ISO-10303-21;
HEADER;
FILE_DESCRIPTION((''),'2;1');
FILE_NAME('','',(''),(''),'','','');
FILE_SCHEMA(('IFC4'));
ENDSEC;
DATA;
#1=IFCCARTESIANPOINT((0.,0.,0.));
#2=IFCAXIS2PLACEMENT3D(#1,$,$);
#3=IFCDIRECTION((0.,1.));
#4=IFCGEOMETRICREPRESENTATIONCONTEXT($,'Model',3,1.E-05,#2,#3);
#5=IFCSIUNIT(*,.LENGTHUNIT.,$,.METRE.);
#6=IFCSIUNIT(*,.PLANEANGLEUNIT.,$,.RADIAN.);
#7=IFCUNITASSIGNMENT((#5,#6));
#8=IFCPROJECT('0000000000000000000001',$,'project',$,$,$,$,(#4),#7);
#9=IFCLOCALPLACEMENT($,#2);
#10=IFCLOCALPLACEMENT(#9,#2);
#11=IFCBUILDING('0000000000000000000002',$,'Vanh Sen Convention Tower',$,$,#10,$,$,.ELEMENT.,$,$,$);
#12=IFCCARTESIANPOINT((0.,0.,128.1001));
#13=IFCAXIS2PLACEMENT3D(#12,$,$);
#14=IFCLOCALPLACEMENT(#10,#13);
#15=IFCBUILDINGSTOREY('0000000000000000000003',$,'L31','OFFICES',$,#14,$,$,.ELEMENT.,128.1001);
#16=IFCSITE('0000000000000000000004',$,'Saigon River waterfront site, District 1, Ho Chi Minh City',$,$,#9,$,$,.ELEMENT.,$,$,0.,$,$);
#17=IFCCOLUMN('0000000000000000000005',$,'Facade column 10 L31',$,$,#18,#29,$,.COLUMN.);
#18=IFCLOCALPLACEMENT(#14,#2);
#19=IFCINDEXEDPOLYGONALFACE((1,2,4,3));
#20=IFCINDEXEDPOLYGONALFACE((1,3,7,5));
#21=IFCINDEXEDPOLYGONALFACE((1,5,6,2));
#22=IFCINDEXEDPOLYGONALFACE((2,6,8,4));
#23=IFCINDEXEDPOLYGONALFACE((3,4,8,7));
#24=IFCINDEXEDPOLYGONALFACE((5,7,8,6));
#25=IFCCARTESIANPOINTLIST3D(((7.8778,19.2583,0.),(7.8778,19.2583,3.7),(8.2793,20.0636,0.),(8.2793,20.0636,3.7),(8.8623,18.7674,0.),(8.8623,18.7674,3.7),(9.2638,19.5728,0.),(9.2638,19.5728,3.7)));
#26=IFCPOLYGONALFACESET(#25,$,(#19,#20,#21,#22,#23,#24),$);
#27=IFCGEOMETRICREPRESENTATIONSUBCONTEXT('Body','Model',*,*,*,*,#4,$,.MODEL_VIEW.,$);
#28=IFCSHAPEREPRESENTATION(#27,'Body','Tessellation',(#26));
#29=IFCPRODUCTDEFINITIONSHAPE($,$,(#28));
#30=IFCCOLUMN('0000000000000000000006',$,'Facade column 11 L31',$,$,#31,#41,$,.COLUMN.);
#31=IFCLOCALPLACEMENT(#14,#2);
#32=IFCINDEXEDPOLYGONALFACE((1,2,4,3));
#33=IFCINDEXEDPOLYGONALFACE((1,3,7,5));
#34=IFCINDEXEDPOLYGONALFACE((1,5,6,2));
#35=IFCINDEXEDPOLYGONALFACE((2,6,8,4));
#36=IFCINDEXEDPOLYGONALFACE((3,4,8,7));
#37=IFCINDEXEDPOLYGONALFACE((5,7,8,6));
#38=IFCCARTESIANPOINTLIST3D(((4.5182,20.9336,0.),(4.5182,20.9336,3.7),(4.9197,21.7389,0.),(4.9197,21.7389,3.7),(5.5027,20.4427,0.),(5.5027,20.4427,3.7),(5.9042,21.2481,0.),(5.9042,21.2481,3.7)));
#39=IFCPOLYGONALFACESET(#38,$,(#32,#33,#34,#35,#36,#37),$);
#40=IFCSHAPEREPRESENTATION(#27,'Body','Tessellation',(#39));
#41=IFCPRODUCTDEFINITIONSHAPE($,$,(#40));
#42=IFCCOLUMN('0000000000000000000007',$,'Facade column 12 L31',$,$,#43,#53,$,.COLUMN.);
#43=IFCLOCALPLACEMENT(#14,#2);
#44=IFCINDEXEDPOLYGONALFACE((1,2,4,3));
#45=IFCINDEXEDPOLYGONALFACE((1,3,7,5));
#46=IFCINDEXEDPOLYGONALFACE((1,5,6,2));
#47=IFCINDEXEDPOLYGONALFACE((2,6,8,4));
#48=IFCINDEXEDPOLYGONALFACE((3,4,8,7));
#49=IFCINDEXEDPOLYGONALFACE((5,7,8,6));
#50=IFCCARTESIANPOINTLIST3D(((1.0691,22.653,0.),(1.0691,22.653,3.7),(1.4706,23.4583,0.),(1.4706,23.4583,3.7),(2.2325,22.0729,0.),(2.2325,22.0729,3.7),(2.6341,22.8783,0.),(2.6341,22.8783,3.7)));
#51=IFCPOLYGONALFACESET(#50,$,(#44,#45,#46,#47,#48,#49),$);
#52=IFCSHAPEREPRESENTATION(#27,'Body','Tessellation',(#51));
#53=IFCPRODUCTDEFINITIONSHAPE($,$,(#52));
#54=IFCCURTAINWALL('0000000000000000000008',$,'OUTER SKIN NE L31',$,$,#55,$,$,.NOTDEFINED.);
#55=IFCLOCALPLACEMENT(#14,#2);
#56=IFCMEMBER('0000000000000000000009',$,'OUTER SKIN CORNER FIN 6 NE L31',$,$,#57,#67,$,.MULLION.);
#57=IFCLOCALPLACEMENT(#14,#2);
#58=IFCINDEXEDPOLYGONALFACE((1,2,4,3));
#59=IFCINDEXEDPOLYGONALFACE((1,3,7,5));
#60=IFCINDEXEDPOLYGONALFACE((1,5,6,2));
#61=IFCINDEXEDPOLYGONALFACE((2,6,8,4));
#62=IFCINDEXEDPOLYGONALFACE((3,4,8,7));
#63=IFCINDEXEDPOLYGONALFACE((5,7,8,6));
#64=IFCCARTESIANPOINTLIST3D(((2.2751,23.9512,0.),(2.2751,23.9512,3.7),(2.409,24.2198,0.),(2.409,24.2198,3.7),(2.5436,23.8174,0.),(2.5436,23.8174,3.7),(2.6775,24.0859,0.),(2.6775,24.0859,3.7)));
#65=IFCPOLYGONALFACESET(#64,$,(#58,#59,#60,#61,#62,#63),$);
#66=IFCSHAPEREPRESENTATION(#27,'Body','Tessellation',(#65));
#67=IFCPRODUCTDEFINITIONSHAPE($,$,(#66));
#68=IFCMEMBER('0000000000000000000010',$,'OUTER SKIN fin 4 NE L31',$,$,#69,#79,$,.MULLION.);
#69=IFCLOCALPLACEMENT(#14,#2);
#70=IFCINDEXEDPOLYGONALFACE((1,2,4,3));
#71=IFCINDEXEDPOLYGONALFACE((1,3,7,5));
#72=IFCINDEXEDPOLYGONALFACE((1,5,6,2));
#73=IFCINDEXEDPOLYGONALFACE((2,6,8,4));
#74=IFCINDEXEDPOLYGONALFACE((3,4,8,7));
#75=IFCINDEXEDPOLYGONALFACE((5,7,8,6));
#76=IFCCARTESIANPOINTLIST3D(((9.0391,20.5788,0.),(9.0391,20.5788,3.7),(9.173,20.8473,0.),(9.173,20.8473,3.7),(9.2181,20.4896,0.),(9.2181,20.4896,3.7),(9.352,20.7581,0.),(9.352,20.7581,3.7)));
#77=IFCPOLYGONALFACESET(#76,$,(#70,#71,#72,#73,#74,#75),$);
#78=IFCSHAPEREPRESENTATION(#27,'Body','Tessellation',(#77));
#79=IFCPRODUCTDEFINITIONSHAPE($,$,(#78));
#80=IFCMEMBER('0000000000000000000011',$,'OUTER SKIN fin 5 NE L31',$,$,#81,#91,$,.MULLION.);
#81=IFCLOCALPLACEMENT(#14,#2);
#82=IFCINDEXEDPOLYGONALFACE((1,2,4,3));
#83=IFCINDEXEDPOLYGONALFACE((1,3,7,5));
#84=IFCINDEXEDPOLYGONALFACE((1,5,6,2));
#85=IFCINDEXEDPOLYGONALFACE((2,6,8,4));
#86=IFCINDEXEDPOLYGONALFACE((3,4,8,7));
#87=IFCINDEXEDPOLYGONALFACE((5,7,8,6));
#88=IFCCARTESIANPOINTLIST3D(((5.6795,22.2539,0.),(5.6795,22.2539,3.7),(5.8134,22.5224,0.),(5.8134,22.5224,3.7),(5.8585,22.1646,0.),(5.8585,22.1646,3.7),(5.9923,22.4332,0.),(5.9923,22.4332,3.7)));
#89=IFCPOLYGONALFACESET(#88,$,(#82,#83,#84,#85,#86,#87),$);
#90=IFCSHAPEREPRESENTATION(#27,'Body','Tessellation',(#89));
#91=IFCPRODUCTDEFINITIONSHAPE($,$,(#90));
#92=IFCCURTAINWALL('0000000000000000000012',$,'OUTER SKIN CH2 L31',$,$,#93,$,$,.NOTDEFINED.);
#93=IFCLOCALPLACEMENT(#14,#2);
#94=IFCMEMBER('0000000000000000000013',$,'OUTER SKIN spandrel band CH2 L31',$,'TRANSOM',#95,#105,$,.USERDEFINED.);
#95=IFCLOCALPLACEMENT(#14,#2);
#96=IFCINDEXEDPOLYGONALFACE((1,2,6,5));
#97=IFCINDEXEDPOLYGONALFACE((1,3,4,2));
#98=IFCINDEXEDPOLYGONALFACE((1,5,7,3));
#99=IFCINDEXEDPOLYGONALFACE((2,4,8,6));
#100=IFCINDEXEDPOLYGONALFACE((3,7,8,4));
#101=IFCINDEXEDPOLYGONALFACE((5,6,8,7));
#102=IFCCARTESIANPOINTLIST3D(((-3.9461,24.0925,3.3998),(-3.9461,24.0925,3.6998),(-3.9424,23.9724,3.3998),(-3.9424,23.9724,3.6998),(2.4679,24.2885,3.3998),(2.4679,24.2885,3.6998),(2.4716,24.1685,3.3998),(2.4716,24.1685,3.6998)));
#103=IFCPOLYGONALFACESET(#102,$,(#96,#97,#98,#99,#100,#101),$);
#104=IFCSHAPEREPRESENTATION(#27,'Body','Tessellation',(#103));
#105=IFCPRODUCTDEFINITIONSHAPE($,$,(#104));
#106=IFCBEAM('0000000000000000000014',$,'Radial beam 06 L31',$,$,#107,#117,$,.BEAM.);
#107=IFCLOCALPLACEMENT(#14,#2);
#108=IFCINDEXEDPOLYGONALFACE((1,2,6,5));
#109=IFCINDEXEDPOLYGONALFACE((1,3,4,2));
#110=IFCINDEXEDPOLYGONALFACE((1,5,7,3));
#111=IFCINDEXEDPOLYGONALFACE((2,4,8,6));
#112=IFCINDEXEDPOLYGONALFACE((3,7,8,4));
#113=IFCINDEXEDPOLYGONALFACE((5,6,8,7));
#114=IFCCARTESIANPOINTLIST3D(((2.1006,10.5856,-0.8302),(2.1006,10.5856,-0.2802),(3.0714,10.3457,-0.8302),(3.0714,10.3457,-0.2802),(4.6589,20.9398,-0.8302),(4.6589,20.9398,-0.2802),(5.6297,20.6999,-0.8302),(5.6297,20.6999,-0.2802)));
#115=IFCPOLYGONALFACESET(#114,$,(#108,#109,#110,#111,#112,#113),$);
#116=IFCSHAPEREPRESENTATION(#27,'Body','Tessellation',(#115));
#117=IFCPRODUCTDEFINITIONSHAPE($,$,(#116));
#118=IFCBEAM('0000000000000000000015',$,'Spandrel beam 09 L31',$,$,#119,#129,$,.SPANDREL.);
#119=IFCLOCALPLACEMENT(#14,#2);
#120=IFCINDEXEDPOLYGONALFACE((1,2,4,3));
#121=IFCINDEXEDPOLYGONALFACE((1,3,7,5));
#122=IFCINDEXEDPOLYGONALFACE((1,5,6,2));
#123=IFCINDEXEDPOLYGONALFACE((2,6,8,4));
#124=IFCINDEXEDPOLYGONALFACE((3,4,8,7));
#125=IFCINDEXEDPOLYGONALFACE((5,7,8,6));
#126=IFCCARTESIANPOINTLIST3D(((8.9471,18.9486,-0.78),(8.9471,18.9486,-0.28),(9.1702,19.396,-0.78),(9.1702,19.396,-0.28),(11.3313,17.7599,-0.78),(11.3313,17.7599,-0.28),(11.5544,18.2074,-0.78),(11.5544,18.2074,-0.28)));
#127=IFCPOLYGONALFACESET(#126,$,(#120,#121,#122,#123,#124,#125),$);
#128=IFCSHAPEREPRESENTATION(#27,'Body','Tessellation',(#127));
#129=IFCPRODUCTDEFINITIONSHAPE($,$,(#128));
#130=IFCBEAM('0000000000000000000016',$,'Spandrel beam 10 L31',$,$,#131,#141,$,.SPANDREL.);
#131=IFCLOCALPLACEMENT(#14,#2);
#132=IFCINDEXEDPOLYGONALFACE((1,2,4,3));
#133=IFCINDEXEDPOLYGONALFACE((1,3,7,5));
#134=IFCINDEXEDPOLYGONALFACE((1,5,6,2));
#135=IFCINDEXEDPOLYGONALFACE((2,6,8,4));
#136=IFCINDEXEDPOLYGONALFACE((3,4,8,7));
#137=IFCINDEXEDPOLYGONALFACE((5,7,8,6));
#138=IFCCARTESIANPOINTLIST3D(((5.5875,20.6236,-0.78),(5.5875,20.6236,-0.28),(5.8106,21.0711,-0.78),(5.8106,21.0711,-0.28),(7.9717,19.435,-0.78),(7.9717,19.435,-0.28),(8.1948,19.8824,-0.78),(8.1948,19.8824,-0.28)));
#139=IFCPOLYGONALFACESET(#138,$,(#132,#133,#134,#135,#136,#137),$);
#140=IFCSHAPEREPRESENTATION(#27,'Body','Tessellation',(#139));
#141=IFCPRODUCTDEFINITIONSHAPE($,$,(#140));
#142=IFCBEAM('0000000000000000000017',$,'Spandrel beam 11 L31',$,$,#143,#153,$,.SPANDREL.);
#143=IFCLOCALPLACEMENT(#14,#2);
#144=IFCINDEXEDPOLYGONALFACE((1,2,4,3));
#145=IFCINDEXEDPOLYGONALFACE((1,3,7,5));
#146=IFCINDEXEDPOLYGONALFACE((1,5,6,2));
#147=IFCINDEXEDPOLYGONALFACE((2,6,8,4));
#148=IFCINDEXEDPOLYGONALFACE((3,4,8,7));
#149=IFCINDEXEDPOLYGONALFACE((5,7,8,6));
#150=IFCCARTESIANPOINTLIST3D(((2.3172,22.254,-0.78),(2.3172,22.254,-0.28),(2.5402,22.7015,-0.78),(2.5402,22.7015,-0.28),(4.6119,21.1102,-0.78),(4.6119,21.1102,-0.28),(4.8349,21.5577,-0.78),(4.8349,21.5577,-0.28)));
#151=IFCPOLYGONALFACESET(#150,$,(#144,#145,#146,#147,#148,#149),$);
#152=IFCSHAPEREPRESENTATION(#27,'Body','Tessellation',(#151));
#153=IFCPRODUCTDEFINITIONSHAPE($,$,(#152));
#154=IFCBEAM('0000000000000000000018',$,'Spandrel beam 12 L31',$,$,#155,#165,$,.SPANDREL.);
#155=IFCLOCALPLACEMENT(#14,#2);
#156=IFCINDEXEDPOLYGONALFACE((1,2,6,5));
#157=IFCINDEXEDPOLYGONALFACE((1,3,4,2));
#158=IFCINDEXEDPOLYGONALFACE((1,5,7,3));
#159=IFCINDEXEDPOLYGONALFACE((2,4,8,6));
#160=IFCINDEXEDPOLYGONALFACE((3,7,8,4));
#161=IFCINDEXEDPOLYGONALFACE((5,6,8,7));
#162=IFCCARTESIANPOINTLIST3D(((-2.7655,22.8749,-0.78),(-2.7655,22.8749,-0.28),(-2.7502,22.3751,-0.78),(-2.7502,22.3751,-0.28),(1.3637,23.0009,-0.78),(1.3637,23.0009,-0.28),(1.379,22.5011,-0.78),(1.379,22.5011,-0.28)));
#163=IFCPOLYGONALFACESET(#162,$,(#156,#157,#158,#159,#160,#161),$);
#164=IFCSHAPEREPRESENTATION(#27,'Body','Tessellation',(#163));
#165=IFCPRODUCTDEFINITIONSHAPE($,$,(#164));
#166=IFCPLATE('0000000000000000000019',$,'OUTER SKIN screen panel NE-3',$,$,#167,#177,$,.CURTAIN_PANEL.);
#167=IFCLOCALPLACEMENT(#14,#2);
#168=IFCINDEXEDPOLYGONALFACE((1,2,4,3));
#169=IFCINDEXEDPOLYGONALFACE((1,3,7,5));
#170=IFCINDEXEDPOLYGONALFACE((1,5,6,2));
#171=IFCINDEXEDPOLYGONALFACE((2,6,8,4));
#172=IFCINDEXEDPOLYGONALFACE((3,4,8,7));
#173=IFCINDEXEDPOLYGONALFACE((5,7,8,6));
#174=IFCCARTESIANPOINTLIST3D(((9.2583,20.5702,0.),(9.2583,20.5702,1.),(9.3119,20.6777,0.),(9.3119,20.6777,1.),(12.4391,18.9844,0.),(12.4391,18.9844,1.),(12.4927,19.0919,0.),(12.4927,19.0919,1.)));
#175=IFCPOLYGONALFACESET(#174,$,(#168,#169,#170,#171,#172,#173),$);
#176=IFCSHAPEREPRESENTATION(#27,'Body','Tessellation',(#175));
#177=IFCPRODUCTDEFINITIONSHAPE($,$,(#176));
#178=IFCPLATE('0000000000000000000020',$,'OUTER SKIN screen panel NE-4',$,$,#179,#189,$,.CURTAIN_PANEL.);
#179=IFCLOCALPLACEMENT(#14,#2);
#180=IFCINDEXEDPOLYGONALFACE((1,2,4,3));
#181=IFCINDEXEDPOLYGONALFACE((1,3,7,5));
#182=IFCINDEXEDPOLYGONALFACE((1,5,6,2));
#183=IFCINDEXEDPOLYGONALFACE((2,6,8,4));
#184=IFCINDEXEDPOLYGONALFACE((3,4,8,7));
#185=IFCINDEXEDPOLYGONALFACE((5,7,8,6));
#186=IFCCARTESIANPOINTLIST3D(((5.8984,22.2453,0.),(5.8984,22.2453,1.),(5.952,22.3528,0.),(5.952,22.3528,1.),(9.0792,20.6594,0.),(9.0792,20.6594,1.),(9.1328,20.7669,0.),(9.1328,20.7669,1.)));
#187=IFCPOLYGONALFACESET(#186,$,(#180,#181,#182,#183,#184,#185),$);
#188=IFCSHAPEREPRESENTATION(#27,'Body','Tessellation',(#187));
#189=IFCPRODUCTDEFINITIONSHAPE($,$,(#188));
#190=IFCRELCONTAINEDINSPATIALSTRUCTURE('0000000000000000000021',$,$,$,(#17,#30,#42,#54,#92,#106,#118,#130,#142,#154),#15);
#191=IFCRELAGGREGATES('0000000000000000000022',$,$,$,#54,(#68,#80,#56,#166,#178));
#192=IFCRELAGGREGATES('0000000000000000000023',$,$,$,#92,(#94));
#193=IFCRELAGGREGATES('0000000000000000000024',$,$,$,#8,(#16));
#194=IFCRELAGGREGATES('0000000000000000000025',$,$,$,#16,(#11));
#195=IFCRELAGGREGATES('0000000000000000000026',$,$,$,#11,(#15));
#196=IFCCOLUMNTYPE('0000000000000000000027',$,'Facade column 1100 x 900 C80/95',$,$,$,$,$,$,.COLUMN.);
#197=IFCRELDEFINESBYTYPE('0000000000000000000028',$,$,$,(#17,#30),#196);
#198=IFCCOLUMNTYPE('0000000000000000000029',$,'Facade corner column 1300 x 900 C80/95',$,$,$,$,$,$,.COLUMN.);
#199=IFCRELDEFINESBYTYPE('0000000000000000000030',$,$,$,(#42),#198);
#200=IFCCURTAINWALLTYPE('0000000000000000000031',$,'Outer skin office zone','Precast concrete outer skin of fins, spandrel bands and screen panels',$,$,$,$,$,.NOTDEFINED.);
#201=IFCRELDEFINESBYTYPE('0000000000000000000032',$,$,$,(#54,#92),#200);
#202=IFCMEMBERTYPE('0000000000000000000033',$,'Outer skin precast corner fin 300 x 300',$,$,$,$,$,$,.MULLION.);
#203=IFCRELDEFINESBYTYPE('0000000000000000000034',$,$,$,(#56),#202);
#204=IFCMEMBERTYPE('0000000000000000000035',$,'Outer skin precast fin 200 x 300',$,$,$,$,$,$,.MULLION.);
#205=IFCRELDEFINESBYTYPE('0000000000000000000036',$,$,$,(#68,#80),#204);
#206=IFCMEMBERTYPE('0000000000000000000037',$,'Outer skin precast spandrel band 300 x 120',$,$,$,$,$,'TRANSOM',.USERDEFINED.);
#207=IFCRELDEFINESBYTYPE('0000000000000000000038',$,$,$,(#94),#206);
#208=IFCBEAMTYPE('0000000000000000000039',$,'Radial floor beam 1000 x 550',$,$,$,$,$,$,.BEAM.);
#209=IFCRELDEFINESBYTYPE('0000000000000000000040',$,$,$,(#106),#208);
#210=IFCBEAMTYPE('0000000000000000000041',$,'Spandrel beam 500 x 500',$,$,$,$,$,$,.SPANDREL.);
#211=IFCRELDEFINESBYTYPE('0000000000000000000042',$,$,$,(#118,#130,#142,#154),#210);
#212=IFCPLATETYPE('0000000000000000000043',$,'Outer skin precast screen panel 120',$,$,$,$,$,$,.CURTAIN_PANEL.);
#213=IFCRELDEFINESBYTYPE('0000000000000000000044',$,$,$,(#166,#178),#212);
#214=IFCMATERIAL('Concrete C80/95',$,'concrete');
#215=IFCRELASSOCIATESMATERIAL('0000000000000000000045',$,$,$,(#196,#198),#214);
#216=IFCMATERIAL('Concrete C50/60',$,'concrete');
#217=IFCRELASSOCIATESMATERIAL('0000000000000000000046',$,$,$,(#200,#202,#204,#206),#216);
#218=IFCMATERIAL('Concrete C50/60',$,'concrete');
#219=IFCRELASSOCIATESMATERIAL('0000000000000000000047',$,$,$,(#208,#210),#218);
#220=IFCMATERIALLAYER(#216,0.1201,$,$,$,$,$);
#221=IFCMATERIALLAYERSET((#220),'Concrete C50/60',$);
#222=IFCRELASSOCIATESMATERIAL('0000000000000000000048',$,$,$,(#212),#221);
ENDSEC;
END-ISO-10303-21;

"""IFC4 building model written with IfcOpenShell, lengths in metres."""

from ifc_helpers import new_model, si_unit, direction, frame, origin, origin_2d, place, context, subcontext, project, spatial, rectangle, extrude, material, layer, layer_set, material_profile, profile_set, type_object, element, aggregate, save


model = new_model("IFC4")

# Units and contexts
model_context = context("Model", 3, precision=1e-05, world=origin(), true_north=direction((0.0, 1.0)))
body_context = subcontext(model_context, "Body", "Model", "MODEL_VIEW")
ifc_project = project(units=[si_unit("LENGTHUNIT", "METRE"), si_unit("PLANEANGLEUNIT", "RADIAN")], contexts=[model_context])

# Site, building, storey
site_placement = place(None, origin())
site = spatial("IfcSite", under=ifc_project, at=site_placement, Name="Saigon River waterfront site, District 1, Ho Chi Minh City", CompositionType="ELEMENT", RefElevation=0.0)
building_placement = place(site_placement, origin())
building = spatial("IfcBuilding", under=site, at=building_placement, Name="Vanh Sen Convention Tower", CompositionType="ELEMENT")
storey_placement = place(building_placement, frame((0.0, 0.0, 128.1001)))
storey = spatial("IfcBuildingStorey", under=building, at=storey_placement, Name="L31", Description="OFFICES", CompositionType="ELEMENT", Elevation=128.1001)

# Columns
ifc_material_1 = material(Name="Concrete C80/95", Category="concrete")
ifc_material_profile_1 = material_profile(ifc_material_1, rectangle(XDim=1.1001, YDim=0.8999, at=origin_2d()), Name="RC 1100X900")
ifc_profile_set_1 = profile_set([ifc_material_profile_1], Name="Concrete C80/95")
column_type_1 = type_object("IfcColumnType", Name="Facade column 1100 x 900 C80/95", PredefinedType="COLUMN", material=ifc_profile_set_1)
for number, where, z_axis, x_axis, name in (
    (1, (8.5708, 19.4155, 0.0), (0.0, 0.0, 1.0), (-0.894934, 0.446198, 0.0), "Facade column 10 L31"),
    (2, (5.2112, 21.0908, 0.0), (0.0, 0.0, 1.0), (-0.894934, 0.446198, 0.0), "Facade column 11 L31"),
):
    element("IfcColumn", number, at=place(storey_placement, frame(where, z_axis=z_axis, x_axis=x_axis)), inside=storey, type_object=column_type_1, Name=name, PredefinedType="COLUMN", context=body_context, shape_type="SweptSolid", body=[
        extrude(rectangle(XDim=1.1001, YDim=0.8999, at=origin_2d()), origin(), (0.0, 0.0, 1.0), 3.7),
    ])
ifc_material_profile_2 = material_profile(ifc_material_1, rectangle(XDim=1.3, YDim=0.8999, at=origin_2d()), Name="RC 1300X900")
ifc_profile_set_2 = profile_set([ifc_material_profile_2], Name="Concrete C80/95")
column_type_2 = type_object("IfcColumnType", Name="Facade corner column 1300 x 900 C80/95", PredefinedType="COLUMN", material=ifc_profile_set_2)
column_placement = place(storey_placement, frame((1.8516, 22.7656, 0.0), z_axis=(0.0, 0.0, 1.0), x_axis=(-0.894934, 0.446198, 0.0)))
element("IfcColumn", 3, at=column_placement, inside=storey, type_object=column_type_2, Name="Facade column 12 L31", PredefinedType="COLUMN", context=body_context, shape_type="SweptSolid", body=[
    extrude(rectangle(XDim=1.3, YDim=0.8999, at=origin_2d()), origin(), (0.0, 0.0, 1.0), 3.7),
])

# Curtain wall, members
ifc_material_2 = material(Name="Concrete C50/60", Category="concrete")
curtain_wall_type = type_object("IfcCurtainWallType", Name="Outer skin office zone", Description="Precast concrete outer skin of fins, spandrel bands and screen panels", PredefinedType="NOTDEFINED", material=ifc_material_2)
curtain_wall_1_placement = place(storey_placement, origin())
curtain_wall_1 = element("IfcCurtainWall", 4, at=curtain_wall_1_placement, inside=storey, type_object=curtain_wall_type, Name="OUTER SKIN NE L31", PredefinedType="NOTDEFINED")
ifc_material_profile_3 = material_profile(ifc_material_2, rectangle(XDim=0.3, YDim=0.3, at=origin_2d()), Name="Outer skin precast corner fin 300 x 300")
ifc_profile_set_3 = profile_set([ifc_material_profile_3], Name="Concrete C50/60")
member_type_1 = type_object("IfcMemberType", Name="Outer skin precast corner fin 300 x 300", PredefinedType="MULLION", material=ifc_profile_set_3)
member_1_placement = place(storey_placement, frame((2.4763, 24.0186, 0.0), z_axis=(0.0, 0.0, 1.0), x_axis=(-0.894934, 0.446198, 0.0)))
member_1 = element("IfcMember", 5, at=member_1_placement, type_object=member_type_1, Name="OUTER SKIN CORNER FIN 6 NE L31", PredefinedType="MULLION", context=body_context, shape_type="SweptSolid", body=[
    extrude(rectangle(XDim=0.3, YDim=0.3, at=origin_2d()), origin(), (0.0, 0.0, 1.0), 3.7),
])
ifc_material_profile_4 = material_profile(ifc_material_2, rectangle(XDim=0.2, YDim=0.3, at=origin_2d()), Name="Outer skin precast fin 200 x 300")
ifc_profile_set_4 = profile_set([ifc_material_profile_4], Name="Concrete C50/60")
member_type_2 = type_object("IfcMemberType", Name="Outer skin precast fin 200 x 300", PredefinedType="MULLION", material=ifc_profile_set_4)
member_2_placement = place(storey_placement, frame((9.1956, 20.6685, 0.0), z_axis=(0.0, 0.0, 1.0), x_axis=(-0.894934, 0.446198, 0.0)))
member_2 = element("IfcMember", 6, at=member_2_placement, type_object=member_type_2, Name="OUTER SKIN fin 4 NE L31", PredefinedType="MULLION", context=body_context, shape_type="SweptSolid", body=[
    extrude(rectangle(XDim=0.2, YDim=0.3, at=origin_2d()), origin(), (0.0, 0.0, 1.0), 3.7),
])
member_3_placement = place(storey_placement, frame((5.8359, 22.3435, 0.0), z_axis=(0.0, 0.0, 1.0), x_axis=(-0.894934, 0.446198, 0.0)))
member_3 = element("IfcMember", 7, at=member_3_placement, type_object=member_type_2, Name="OUTER SKIN fin 5 NE L31", PredefinedType="MULLION", context=body_context, shape_type="SweptSolid", body=[
    extrude(rectangle(XDim=0.2, YDim=0.3, at=origin_2d()), origin(), (0.0, 0.0, 1.0), 3.7),
])

# Curtain wall, member
curtain_wall_2_placement = place(storey_placement, origin())
curtain_wall_2 = element("IfcCurtainWall", 8, at=curtain_wall_2_placement, inside=storey, type_object=curtain_wall_type, Name="OUTER SKIN CH2 L31", PredefinedType="NOTDEFINED")
ifc_material_profile_5 = material_profile(ifc_material_2, rectangle(XDim=0.1201, YDim=0.3, at=origin_2d()), Name="Outer skin precast spandrel band 300 x 120")
ifc_profile_set_5 = profile_set([ifc_material_profile_5], Name="Concrete C50/60")
member_type_3 = type_object("IfcMemberType", Name="Outer skin precast spandrel band 300 x 120", ElementType="TRANSOM", PredefinedType="USERDEFINED", material=ifc_profile_set_5)
member_4_placement = place(storey_placement, frame((2.4697, 24.2285, 3.5498), z_axis=(-0.999533, -0.030551, 0.0), x_axis=(0.030551, -0.999533, 0.0)))
member_4 = element("IfcMember", 9, at=member_4_placement, type_object=member_type_3, Name="OUTER SKIN spandrel band CH2 L31", ObjectType="TRANSOM", PredefinedType="USERDEFINED", context=body_context, shape_type="SweptSolid", body=[
    extrude(rectangle(XDim=0.1201, YDim=0.3, at=origin_2d()), origin(), (0.0, 0.0, 1.0), 6.417),
])

# Beams
ifc_material_3 = material(Name="Concrete C50/60", Category="concrete")
ifc_material_profile_6 = material_profile(ifc_material_3, rectangle(XDim=1.0, YDim=0.55, at=origin_2d()), Name="RC 1000X550")
ifc_profile_set_6 = profile_set([ifc_material_profile_6], Name="Concrete C50/60")
beam_type_1 = type_object("IfcBeamType", Name="Radial floor beam 1000 x 550", PredefinedType="BEAM", material=ifc_profile_set_6)
beam_1_placement = place(storey_placement, frame((5.1443, 20.8198, -0.5552), z_axis=(-0.239869, -0.970805, 0.0), x_axis=(0.970805, -0.239869, 0.0)))
element("IfcBeam", 10, at=beam_1_placement, inside=storey, type_object=beam_type_1, Name="Radial beam 06 L31", PredefinedType="BEAM", context=body_context, shape_type="SweptSolid", body=[
    extrude(rectangle(XDim=1.0, YDim=0.55, at=origin_2d()), origin(), (0.0, 0.0, 1.0), 10.6655),
])
ifc_material_profile_7 = material_profile(ifc_material_3, rectangle(XDim=0.5, YDim=0.5, at=origin_2d()), Name="RC 500X500")
ifc_profile_set_7 = profile_set([ifc_material_profile_7], Name="Concrete C50/60")
beam_type_2 = type_object("IfcBeamType", Name="Spandrel beam 500 x 500", PredefinedType="SPANDREL", material=ifc_profile_set_7)
for number, where, z_axis, x_axis, name in (
    (11, (11.4429, 17.9836, -0.53), (-0.89494, 0.446187, 0.0), (-0.446187, -0.89494, 0.0), "Spandrel beam 09 L31"),
    (12, (8.0833, 19.6587, -0.53), (-0.89494, 0.446187, 0.0), (-0.446187, -0.89494, 0.0), "Spandrel beam 10 L31"),
):
    element("IfcBeam", number, at=place(storey_placement, frame(where, z_axis=z_axis, x_axis=x_axis)), inside=storey, type_object=beam_type_2, Name=name, PredefinedType="SPANDREL", context=body_context, shape_type="SweptSolid", body=[
        extrude(rectangle(XDim=0.5, YDim=0.5, at=origin_2d()), origin(), (0.0, 0.0, 1.0), 2.6641),
    ])
beam_2_placement = place(storey_placement, frame((4.7234, 21.334, -0.53), z_axis=(-0.894979, 0.446109, 0.0), x_axis=(-0.446109, -0.894979, 0.0)))
element("IfcBeam", 13, at=beam_2_placement, inside=storey, type_object=beam_type_2, Name="Spandrel beam 11 L31", PredefinedType="SPANDREL", context=body_context, shape_type="SweptSolid", body=[
    extrude(rectangle(XDim=0.5, YDim=0.5, at=origin_2d()), origin(), (0.0, 0.0, 1.0), 2.564),
])
beam_3_placement = place(storey_placement, frame((1.3713, 22.751, -0.53), z_axis=(-0.999535, -0.030495, 0.0), x_axis=(0.030495, -0.999535, 0.0)))
element("IfcBeam", 14, at=beam_3_placement, inside=storey, type_object=beam_type_2, Name="Spandrel beam 12 L31", PredefinedType="SPANDREL", context=body_context, shape_type="SweptSolid", body=[
    extrude(rectangle(XDim=0.5, YDim=0.5, at=origin_2d()), origin(), (0.0, 0.0, 1.0), 4.1311),
])

# Plates
ifc_layer_1 = layer(ifc_material_2, 0.1201)
ifc_layer_set_1 = layer_set([ifc_layer_1], Name="Concrete C50/60")
plate_type = type_object("IfcPlateType", Name="Outer skin precast screen panel 120", PredefinedType="CURTAIN_PANEL", material=ifc_layer_set_1)
plate_1_placement = place(storey_placement, frame((10.8755, 19.8311, 0.0), z_axis=(0.0, 0.0, 1.0), x_axis=(-0.894933, 0.446201, 0.0)))
plate_1 = element("IfcPlate", 15, at=plate_1_placement, type_object=plate_type, Name="OUTER SKIN screen panel NE-3", PredefinedType="CURTAIN_PANEL", context=body_context, shape_type="SweptSolid", body=[
    extrude(rectangle(XDim=3.5542, YDim=0.1201, at=origin_2d()), origin(), (0.0, 0.0, 1.0), 1.0),
])
plate_2_placement = place(storey_placement, frame((7.5156, 21.5061, 0.0), z_axis=(0.0, 0.0, 1.0), x_axis=(-0.894933, 0.446201, 0.0)))
plate_2 = element("IfcPlate", 16, at=plate_2_placement, type_object=plate_type, Name="OUTER SKIN screen panel NE-4", PredefinedType="CURTAIN_PANEL", context=body_context, shape_type="SweptSolid", body=[
    extrude(rectangle(XDim=3.5542, YDim=0.1201, at=origin_2d()), origin(), (0.0, 0.0, 1.0), 1.0),
])
aggregate(curtain_wall_1, [member_2, member_3, member_1, plate_1, plate_2])
aggregate(curtain_wall_2, [member_4])

save(model, "model.ifc")
